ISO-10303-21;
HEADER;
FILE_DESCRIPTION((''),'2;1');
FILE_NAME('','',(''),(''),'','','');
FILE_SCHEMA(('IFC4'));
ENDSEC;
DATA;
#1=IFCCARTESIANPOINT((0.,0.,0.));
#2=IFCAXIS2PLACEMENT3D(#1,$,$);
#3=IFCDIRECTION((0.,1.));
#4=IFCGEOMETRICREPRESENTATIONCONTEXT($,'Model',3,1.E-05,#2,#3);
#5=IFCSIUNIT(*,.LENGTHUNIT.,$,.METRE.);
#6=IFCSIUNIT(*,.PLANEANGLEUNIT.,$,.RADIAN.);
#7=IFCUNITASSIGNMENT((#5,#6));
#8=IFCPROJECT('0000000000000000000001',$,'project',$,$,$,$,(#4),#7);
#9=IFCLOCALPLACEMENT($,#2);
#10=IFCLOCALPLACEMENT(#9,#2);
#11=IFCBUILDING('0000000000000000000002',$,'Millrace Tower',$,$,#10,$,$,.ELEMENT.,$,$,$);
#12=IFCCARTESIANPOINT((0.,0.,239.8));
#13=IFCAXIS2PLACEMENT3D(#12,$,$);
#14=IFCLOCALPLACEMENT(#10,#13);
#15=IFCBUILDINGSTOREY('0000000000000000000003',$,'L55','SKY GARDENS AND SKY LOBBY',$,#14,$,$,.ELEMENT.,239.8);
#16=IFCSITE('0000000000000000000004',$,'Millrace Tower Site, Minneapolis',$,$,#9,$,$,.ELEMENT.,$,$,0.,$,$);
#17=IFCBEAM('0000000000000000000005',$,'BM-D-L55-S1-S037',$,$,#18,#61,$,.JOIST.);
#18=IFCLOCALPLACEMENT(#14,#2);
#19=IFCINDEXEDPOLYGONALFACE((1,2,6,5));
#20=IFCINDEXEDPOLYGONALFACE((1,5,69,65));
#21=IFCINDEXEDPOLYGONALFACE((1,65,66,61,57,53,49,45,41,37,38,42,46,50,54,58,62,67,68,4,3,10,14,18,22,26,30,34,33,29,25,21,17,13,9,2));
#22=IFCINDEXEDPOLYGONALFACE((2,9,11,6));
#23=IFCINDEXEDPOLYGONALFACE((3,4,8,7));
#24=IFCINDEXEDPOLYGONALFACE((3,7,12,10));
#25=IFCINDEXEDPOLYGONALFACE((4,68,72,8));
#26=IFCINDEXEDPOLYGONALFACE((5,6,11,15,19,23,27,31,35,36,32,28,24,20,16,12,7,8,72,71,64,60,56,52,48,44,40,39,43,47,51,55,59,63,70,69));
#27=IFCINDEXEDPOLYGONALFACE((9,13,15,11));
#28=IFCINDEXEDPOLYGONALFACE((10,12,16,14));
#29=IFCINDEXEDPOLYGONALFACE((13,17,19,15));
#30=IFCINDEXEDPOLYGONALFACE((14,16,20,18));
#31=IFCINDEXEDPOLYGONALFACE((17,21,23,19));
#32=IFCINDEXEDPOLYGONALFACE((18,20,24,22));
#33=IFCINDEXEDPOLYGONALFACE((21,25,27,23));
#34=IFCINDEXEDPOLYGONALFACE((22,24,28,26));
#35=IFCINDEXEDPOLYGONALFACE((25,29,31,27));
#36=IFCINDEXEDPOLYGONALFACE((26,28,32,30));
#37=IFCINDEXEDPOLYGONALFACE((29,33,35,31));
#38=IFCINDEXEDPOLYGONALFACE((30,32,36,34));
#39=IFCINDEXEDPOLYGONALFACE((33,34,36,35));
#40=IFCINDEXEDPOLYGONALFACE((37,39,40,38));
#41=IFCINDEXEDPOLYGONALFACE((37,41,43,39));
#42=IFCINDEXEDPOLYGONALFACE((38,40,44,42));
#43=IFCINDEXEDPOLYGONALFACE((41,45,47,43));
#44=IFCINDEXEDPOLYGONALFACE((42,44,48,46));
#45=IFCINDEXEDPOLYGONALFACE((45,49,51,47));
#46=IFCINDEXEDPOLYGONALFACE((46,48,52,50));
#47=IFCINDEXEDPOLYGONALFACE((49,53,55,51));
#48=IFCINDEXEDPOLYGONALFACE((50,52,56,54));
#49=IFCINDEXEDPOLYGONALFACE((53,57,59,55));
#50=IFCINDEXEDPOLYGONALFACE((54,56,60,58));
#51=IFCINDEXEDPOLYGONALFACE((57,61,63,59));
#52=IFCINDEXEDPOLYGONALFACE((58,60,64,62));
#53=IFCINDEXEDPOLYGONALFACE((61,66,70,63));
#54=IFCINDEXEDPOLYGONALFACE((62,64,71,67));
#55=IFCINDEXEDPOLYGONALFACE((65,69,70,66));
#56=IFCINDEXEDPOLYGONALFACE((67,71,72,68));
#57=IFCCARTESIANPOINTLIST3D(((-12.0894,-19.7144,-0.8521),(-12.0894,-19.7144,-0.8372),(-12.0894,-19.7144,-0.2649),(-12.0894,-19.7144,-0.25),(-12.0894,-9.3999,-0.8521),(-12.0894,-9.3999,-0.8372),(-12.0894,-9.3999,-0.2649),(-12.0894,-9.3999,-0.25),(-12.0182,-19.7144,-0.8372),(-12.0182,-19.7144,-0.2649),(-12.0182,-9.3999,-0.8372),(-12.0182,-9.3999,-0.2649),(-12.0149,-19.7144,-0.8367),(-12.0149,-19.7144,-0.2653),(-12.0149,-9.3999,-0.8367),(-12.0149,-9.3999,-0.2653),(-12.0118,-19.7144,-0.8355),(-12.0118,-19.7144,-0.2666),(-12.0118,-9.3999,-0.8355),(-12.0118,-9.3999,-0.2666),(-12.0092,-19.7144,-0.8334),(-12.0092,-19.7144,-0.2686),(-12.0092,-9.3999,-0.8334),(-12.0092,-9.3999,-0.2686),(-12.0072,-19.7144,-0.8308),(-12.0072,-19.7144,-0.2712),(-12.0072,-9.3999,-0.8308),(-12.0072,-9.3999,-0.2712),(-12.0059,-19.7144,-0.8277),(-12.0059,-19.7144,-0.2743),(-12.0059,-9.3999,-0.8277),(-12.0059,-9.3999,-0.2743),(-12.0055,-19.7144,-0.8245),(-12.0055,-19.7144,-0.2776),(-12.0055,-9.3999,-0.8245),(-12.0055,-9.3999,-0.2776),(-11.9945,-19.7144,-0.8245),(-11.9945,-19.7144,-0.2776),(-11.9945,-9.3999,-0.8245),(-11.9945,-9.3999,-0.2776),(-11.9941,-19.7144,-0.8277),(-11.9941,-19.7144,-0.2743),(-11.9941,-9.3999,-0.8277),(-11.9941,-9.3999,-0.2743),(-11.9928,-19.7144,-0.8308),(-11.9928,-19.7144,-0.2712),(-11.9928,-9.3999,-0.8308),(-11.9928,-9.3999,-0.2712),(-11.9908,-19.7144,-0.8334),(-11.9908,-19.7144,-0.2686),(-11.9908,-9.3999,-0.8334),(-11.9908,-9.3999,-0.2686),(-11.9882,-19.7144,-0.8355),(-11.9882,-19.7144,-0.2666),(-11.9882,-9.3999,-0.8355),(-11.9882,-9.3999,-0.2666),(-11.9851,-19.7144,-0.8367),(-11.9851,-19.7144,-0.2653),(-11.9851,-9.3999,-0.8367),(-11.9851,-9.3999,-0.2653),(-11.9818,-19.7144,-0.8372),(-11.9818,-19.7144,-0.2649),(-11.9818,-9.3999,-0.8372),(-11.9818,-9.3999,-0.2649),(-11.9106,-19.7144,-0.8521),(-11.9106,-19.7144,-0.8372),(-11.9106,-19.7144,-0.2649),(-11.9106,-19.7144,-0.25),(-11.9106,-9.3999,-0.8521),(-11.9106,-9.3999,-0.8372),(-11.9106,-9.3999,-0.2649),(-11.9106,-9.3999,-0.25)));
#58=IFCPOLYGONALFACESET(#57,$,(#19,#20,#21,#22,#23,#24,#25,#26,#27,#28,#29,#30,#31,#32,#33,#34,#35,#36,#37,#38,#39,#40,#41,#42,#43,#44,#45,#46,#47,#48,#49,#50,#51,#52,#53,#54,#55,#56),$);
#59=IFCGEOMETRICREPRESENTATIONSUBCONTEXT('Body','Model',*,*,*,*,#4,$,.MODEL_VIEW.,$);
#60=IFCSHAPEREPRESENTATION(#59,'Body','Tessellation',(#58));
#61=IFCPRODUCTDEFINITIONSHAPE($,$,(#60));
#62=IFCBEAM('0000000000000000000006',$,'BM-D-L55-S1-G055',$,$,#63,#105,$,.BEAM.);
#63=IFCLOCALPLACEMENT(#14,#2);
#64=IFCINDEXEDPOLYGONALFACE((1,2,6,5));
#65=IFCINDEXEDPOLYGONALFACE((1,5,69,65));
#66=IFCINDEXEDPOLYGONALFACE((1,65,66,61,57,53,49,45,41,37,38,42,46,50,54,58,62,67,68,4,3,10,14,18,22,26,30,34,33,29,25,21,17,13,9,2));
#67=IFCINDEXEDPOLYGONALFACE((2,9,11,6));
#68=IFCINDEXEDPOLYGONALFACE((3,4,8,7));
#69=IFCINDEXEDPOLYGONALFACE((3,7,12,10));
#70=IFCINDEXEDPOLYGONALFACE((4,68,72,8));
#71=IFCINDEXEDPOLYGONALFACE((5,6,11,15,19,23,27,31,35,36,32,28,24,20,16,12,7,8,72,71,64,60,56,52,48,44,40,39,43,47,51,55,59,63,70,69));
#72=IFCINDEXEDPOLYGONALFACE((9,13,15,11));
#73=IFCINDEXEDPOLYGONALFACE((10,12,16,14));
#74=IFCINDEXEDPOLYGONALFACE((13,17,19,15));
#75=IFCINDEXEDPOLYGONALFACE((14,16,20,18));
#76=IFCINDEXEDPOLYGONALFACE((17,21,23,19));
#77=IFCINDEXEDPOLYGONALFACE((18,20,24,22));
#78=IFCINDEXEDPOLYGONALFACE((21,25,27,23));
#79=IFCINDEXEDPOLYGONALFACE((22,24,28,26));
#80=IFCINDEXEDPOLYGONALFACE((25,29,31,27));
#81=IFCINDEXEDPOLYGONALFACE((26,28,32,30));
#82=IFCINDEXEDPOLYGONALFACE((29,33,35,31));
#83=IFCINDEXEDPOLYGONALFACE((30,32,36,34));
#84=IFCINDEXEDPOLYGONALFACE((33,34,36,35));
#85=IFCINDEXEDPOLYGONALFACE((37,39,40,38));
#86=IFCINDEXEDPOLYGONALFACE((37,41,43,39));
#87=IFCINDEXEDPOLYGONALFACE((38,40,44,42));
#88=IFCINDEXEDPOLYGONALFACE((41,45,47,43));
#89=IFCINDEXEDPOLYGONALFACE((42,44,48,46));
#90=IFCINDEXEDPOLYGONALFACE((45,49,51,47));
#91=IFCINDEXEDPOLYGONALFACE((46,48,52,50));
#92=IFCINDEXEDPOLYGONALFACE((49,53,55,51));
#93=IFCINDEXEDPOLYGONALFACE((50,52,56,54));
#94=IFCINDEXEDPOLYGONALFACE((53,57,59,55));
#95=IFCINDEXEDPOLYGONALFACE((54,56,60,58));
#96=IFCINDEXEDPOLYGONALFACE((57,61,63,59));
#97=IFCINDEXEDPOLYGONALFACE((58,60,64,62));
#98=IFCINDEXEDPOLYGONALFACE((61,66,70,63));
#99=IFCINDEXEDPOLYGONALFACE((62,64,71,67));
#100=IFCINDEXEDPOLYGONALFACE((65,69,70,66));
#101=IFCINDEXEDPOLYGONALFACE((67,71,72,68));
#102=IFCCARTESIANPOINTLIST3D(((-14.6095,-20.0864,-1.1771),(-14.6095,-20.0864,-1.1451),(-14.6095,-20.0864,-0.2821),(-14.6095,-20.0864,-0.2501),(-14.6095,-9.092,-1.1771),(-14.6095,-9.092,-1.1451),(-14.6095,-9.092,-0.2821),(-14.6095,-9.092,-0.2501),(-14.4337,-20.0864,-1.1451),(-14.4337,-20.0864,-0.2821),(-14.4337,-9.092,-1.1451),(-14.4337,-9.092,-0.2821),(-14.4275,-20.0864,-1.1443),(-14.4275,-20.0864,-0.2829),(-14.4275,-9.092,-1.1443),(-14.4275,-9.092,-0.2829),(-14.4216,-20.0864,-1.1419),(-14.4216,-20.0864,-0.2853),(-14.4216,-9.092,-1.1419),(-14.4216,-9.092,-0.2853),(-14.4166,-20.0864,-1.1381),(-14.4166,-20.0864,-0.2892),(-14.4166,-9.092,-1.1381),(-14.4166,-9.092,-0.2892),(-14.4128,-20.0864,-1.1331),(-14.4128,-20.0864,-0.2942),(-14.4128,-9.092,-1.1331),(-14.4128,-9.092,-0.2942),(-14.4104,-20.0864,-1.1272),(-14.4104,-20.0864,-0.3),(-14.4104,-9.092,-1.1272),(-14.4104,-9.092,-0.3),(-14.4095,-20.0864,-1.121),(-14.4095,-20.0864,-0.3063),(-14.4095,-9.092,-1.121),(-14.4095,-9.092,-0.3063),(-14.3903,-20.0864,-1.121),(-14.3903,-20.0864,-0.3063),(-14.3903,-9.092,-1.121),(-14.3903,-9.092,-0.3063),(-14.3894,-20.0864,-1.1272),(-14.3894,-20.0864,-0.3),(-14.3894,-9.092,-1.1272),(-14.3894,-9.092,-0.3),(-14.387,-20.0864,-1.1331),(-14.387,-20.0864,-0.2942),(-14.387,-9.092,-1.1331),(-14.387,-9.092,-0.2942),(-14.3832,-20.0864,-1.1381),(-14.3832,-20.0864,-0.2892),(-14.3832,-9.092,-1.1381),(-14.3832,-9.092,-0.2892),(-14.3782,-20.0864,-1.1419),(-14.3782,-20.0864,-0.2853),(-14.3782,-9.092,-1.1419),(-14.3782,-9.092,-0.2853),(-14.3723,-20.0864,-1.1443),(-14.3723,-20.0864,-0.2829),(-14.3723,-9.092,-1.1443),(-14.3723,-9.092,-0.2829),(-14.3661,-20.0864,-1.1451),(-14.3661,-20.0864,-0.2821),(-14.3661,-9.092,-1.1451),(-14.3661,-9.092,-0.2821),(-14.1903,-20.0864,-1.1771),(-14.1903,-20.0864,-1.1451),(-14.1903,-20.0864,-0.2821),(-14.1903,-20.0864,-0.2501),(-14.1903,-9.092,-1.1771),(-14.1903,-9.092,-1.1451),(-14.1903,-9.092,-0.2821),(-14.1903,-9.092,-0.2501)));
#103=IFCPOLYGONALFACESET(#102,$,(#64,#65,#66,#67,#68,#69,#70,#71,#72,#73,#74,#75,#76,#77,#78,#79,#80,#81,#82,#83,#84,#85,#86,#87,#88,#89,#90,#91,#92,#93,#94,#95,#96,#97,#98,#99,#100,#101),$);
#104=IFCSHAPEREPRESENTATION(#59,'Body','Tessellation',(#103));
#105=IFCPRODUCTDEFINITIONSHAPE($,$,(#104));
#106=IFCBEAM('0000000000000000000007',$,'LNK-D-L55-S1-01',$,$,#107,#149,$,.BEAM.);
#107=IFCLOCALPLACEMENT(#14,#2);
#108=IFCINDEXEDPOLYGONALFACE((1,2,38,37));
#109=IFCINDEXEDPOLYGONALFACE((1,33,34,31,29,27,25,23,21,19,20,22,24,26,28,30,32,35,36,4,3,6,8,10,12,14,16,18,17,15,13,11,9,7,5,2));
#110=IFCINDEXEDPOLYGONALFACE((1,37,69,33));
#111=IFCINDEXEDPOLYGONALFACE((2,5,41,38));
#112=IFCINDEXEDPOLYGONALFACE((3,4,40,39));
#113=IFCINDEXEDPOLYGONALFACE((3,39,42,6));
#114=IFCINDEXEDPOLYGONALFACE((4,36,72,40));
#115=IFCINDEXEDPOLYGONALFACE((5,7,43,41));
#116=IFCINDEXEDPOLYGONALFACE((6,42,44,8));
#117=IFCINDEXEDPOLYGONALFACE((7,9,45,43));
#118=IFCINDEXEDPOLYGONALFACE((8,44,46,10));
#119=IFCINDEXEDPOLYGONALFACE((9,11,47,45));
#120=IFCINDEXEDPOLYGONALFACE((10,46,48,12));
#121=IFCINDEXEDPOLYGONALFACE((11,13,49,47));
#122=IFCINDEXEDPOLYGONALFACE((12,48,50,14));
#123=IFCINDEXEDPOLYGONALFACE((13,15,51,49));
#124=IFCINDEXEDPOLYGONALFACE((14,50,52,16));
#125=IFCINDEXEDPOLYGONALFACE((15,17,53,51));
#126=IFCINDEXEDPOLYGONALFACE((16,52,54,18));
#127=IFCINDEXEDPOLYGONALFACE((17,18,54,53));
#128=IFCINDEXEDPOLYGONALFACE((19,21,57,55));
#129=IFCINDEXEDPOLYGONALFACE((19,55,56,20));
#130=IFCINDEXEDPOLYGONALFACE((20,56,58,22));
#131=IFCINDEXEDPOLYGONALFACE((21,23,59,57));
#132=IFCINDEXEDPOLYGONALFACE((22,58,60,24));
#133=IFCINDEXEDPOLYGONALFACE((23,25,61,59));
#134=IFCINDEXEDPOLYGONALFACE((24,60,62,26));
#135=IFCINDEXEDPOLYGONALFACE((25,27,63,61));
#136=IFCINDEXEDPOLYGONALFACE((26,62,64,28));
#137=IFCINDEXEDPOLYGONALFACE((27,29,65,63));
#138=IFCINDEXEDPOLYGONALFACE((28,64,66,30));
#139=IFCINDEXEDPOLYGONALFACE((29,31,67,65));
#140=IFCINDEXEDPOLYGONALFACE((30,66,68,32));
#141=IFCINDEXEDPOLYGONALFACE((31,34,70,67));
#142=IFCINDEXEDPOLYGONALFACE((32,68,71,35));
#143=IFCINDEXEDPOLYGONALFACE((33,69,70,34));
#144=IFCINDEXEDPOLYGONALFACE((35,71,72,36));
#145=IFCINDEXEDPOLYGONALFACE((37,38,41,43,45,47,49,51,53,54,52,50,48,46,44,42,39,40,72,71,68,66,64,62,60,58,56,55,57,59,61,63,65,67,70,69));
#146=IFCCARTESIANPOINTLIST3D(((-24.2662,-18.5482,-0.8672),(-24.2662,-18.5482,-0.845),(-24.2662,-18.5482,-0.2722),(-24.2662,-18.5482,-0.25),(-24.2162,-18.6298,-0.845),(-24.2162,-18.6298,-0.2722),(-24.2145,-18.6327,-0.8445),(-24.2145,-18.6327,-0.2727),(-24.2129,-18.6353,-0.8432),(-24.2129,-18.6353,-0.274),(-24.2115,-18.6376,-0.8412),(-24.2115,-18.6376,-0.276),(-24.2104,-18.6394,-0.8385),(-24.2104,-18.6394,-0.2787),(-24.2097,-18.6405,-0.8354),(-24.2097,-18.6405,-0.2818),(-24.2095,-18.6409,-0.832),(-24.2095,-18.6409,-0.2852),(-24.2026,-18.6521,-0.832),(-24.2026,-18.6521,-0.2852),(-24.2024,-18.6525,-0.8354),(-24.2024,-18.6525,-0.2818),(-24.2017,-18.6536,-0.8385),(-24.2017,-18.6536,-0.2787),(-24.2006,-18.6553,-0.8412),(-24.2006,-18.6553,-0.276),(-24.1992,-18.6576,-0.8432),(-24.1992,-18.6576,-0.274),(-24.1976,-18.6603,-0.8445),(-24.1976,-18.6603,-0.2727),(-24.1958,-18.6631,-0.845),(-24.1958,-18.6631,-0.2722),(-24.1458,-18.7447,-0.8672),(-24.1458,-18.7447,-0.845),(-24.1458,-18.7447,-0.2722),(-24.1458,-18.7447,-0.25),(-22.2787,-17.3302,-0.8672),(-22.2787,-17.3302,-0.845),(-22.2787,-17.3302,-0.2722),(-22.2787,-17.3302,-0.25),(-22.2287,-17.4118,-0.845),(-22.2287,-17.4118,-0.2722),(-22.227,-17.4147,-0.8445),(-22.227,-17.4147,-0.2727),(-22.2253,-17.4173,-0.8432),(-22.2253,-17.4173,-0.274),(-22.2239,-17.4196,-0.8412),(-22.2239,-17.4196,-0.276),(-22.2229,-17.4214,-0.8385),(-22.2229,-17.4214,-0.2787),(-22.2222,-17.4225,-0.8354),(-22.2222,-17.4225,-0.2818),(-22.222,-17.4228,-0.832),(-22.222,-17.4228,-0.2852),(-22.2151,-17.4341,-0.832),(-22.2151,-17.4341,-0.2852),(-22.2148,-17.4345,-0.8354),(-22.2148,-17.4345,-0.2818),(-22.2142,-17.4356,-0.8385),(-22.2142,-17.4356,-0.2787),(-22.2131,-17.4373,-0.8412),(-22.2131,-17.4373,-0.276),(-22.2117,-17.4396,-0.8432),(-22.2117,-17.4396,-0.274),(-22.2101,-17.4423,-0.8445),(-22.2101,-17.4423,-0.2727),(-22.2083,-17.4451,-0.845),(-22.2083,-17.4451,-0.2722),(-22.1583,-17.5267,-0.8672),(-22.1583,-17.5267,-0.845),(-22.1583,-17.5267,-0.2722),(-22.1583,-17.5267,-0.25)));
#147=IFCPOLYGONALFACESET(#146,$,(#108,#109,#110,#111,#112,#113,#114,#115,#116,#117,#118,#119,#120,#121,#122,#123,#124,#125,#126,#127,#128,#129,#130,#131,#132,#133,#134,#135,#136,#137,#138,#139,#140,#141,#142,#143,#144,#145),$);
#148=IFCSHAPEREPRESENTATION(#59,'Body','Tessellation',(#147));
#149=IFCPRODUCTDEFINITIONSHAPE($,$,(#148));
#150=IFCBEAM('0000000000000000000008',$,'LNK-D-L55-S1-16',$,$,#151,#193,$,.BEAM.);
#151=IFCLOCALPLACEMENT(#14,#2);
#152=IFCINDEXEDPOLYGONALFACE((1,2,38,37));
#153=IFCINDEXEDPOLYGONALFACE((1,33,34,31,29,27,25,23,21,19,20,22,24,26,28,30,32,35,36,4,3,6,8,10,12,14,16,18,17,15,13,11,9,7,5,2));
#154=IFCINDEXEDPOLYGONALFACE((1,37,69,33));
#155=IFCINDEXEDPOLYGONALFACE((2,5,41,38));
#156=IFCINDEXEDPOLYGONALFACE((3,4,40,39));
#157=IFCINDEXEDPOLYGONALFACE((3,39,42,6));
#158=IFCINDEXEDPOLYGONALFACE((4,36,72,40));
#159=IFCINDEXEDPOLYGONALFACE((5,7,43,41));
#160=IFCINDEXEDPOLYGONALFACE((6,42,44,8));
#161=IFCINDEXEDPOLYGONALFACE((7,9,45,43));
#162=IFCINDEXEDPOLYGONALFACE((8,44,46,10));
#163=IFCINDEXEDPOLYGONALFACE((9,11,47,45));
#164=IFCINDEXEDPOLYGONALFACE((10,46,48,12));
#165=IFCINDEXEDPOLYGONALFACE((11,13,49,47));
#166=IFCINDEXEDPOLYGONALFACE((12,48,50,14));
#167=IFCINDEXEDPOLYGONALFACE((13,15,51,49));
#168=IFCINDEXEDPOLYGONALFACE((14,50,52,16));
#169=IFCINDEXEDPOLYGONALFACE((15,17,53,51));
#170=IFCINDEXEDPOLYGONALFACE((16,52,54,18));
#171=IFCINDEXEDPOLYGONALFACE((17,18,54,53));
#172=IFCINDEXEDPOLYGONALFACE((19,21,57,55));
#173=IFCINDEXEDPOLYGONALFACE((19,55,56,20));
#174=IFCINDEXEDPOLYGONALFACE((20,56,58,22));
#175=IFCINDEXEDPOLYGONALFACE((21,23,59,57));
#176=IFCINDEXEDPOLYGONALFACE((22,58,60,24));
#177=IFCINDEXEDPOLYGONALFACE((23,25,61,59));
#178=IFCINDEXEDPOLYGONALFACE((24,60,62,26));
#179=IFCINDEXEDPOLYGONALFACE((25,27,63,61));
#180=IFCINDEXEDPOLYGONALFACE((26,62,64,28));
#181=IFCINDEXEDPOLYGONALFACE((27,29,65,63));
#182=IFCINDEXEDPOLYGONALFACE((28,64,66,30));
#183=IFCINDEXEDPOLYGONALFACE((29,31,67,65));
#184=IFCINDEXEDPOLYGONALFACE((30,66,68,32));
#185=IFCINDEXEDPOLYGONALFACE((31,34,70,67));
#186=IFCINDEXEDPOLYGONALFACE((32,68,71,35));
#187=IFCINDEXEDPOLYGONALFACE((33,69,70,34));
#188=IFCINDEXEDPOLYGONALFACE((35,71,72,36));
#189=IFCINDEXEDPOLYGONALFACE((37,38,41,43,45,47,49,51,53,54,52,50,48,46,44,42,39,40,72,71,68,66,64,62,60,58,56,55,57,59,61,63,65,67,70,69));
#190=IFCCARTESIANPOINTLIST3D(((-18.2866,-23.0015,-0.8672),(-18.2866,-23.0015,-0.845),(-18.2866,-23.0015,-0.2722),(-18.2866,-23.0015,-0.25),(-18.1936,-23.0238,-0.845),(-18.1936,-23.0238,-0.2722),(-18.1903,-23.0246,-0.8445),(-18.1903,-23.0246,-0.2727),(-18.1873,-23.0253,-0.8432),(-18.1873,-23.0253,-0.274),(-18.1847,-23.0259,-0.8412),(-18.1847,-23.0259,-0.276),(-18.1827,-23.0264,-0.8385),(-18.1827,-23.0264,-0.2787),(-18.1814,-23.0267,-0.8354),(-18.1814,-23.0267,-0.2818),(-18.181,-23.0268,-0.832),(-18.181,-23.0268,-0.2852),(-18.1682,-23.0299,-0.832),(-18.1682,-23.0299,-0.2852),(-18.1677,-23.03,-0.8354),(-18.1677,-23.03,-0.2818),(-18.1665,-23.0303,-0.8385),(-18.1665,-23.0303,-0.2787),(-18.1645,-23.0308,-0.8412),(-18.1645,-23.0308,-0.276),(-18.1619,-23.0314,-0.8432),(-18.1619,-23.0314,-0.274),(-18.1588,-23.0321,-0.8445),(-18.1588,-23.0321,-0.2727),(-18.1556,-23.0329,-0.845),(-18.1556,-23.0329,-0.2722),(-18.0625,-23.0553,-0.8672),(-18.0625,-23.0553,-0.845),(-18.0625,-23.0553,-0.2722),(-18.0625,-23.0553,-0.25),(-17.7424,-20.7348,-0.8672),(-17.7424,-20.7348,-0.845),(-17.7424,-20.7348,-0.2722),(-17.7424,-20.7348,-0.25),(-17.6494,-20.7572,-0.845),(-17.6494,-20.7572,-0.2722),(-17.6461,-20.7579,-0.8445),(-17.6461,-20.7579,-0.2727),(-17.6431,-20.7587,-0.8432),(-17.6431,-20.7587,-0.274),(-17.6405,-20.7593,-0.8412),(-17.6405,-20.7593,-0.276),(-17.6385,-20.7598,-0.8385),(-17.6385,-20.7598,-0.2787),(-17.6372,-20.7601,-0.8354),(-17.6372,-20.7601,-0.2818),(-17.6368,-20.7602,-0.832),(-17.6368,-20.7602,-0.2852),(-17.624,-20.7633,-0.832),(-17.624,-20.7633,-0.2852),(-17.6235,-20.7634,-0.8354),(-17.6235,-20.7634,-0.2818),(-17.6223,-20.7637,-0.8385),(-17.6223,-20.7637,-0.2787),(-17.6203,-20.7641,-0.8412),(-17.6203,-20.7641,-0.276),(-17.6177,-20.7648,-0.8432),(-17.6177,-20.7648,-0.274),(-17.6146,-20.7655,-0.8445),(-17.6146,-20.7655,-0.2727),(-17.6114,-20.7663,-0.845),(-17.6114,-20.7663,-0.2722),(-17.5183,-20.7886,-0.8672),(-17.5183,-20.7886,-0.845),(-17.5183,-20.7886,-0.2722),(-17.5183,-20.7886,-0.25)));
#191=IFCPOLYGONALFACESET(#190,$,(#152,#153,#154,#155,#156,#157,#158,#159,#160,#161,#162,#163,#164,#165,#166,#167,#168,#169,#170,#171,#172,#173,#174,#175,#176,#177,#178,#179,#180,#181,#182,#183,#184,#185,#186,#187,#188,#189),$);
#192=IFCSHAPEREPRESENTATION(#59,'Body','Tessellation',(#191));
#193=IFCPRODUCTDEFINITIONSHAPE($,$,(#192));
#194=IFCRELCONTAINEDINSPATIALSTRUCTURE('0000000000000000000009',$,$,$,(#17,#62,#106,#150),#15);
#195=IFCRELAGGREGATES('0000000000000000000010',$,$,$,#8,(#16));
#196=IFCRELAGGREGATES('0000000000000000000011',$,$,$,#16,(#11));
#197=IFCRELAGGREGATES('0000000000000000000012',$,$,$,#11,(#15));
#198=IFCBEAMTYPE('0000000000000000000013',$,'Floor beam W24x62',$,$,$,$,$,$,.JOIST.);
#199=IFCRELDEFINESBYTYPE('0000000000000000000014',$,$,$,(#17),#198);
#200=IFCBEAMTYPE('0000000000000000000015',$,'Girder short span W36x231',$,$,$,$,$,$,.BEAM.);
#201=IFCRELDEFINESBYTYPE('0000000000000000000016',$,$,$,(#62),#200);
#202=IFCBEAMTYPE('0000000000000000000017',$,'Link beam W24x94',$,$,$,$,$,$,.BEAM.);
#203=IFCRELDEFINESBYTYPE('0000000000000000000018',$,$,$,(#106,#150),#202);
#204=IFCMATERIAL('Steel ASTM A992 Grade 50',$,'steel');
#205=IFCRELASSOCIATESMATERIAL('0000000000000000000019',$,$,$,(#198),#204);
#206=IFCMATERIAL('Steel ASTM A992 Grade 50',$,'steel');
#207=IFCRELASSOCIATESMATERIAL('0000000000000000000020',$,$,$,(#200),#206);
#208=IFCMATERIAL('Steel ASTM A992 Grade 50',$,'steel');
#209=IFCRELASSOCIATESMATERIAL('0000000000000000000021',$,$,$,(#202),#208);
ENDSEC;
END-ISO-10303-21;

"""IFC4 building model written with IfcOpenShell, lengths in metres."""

from ifc_helpers import new_model, si_unit, direction, frame, origin, origin_2d, place, context, subcontext, project, spatial, i_section, extrude, material, material_profile, profile_set, type_object, element, save


model = new_model("IFC4")

# Units and contexts
model_context = context("Model", 3, precision=1e-05, world=origin(), true_north=direction((0.0, 1.0)))
body_context = subcontext(model_context, "Body", "Model", "MODEL_VIEW")
ifc_project = project(units=[si_unit("LENGTHUNIT", "METRE"), si_unit("PLANEANGLEUNIT", "RADIAN")], contexts=[model_context])

# Site, building, storey
site_placement = place(None, origin())
site = spatial("IfcSite", under=ifc_project, at=site_placement, Name="Millrace Tower Site, Minneapolis", CompositionType="ELEMENT", RefElevation=0.0)
building_placement = place(site_placement, origin())
building = spatial("IfcBuilding", under=site, at=building_placement, Name="Millrace Tower", CompositionType="ELEMENT")
storey_placement = place(building_placement, frame((0.0, 0.0, 239.8)))
storey = spatial("IfcBuildingStorey", under=building, at=storey_placement, Name="L55", Description="SKY GARDENS AND SKY LOBBY", CompositionType="ELEMENT", Elevation=239.8)

# Beams
ifc_material_1 = material(Name="Steel ASTM A992 Grade 50", Category="steel")
ifc_material_profile_1 = material_profile(ifc_material_1, i_section(OverallWidth=0.1787, OverallDepth=0.6021, WebThickness=0.011, FlangeThickness=0.0149, FilletRadius=0.0127, at=origin_2d()))
ifc_profile_set_1 = profile_set([ifc_material_profile_1], Name="Steel ASTM A992 Grade 50")
beam_type_1 = type_object("IfcBeamType", Name="Floor beam W24x62", PredefinedType="JOIST", material=ifc_profile_set_1)
beam_1_placement = place(storey_placement, frame((-12.0, -19.7144, -0.551), z_axis=(0.0, 1.0, 0.0), x_axis=(-1.0, 0.0, 0.0)))
element("IfcBeam", 1, at=beam_1_placement, inside=storey, type_object=beam_type_1, Name="BM-D-L55-S1-S037", PredefinedType="JOIST", context=body_context, shape_type="SweptSolid", body=[
    extrude(i_section(OverallWidth=0.1787, OverallDepth=0.6021, WebThickness=0.011, FlangeThickness=0.0149, FilletRadius=0.0127, at=origin_2d()), origin(), (0.0, 0.0, 1.0), 10.3145),
])
ifc_material_2 = material(Name="Steel ASTM A992 Grade 50", Category="steel")
ifc_material_profile_2 = material_profile(ifc_material_2, i_section(OverallWidth=0.4192, OverallDepth=0.927, WebThickness=0.0193, FlangeThickness=0.032, FilletRadius=0.0242, at=origin_2d()))
ifc_profile_set_2 = profile_set([ifc_material_profile_2], Name="Steel ASTM A992 Grade 50")
beam_type_2 = type_object("IfcBeamType", Name="Girder short span W36x231", PredefinedType="BEAM", material=ifc_profile_set_2)
beam_2_placement = place(storey_placement, frame((-14.3999, -20.0864, -0.7136), z_axis=(0.0, 1.0, 0.0), x_axis=(-1.0, 0.0, 0.0)))
element("IfcBeam", 2, at=beam_2_placement, inside=storey, type_object=beam_type_2, Name="BM-D-L55-S1-G055", PredefinedType="BEAM", context=body_context, shape_type="SweptSolid", body=[
    extrude(i_section(OverallWidth=0.4192, OverallDepth=0.927, WebThickness=0.0193, FlangeThickness=0.032, FilletRadius=0.0242, at=origin_2d()), origin(), (0.0, 0.0, 1.0), 10.9944),
])
ifc_material_3 = material(Name="Steel ASTM A992 Grade 50", Category="steel")
ifc_material_profile_3 = material_profile(ifc_material_3, i_section(OverallWidth=0.2305, OverallDepth=0.6172, WebThickness=0.0132, FlangeThickness=0.0222, FilletRadius=0.0129, at=origin_2d()))
ifc_profile_set_3 = profile_set([ifc_material_profile_3], Name="Steel ASTM A992 Grade 50")
beam_type_3 = type_object("IfcBeamType", Name="Link beam W24x94", PredefinedType="BEAM", material=ifc_profile_set_3)
for number, where, z_axis, x_axis, name in (
    (3, (-22.2185, -17.4285, -0.5586), (-0.852631, -0.522513, 0.0), (0.522513, -0.852631, 0.0), "LNK-D-L55-S1-01"),
    (4, (-17.6304, -20.7617, -0.5586), (-0.233456, -0.972367, 0.0), (0.972367, -0.233456, 0.0), "LNK-D-L55-S1-16"),
):
    element("IfcBeam", number, at=place(storey_placement, frame(where, z_axis=z_axis, x_axis=x_axis)), inside=storey, type_object=beam_type_3, Name=name, PredefinedType="BEAM", context=body_context, shape_type="SweptSolid", body=[
        extrude(i_section(OverallWidth=0.2305, OverallDepth=0.6172, WebThickness=0.0132, FlangeThickness=0.0222, FilletRadius=0.0129, at=origin_2d()), origin(), (0.0, 0.0, 1.0), 2.3311),
    ])

save(model, "model.ifc")
